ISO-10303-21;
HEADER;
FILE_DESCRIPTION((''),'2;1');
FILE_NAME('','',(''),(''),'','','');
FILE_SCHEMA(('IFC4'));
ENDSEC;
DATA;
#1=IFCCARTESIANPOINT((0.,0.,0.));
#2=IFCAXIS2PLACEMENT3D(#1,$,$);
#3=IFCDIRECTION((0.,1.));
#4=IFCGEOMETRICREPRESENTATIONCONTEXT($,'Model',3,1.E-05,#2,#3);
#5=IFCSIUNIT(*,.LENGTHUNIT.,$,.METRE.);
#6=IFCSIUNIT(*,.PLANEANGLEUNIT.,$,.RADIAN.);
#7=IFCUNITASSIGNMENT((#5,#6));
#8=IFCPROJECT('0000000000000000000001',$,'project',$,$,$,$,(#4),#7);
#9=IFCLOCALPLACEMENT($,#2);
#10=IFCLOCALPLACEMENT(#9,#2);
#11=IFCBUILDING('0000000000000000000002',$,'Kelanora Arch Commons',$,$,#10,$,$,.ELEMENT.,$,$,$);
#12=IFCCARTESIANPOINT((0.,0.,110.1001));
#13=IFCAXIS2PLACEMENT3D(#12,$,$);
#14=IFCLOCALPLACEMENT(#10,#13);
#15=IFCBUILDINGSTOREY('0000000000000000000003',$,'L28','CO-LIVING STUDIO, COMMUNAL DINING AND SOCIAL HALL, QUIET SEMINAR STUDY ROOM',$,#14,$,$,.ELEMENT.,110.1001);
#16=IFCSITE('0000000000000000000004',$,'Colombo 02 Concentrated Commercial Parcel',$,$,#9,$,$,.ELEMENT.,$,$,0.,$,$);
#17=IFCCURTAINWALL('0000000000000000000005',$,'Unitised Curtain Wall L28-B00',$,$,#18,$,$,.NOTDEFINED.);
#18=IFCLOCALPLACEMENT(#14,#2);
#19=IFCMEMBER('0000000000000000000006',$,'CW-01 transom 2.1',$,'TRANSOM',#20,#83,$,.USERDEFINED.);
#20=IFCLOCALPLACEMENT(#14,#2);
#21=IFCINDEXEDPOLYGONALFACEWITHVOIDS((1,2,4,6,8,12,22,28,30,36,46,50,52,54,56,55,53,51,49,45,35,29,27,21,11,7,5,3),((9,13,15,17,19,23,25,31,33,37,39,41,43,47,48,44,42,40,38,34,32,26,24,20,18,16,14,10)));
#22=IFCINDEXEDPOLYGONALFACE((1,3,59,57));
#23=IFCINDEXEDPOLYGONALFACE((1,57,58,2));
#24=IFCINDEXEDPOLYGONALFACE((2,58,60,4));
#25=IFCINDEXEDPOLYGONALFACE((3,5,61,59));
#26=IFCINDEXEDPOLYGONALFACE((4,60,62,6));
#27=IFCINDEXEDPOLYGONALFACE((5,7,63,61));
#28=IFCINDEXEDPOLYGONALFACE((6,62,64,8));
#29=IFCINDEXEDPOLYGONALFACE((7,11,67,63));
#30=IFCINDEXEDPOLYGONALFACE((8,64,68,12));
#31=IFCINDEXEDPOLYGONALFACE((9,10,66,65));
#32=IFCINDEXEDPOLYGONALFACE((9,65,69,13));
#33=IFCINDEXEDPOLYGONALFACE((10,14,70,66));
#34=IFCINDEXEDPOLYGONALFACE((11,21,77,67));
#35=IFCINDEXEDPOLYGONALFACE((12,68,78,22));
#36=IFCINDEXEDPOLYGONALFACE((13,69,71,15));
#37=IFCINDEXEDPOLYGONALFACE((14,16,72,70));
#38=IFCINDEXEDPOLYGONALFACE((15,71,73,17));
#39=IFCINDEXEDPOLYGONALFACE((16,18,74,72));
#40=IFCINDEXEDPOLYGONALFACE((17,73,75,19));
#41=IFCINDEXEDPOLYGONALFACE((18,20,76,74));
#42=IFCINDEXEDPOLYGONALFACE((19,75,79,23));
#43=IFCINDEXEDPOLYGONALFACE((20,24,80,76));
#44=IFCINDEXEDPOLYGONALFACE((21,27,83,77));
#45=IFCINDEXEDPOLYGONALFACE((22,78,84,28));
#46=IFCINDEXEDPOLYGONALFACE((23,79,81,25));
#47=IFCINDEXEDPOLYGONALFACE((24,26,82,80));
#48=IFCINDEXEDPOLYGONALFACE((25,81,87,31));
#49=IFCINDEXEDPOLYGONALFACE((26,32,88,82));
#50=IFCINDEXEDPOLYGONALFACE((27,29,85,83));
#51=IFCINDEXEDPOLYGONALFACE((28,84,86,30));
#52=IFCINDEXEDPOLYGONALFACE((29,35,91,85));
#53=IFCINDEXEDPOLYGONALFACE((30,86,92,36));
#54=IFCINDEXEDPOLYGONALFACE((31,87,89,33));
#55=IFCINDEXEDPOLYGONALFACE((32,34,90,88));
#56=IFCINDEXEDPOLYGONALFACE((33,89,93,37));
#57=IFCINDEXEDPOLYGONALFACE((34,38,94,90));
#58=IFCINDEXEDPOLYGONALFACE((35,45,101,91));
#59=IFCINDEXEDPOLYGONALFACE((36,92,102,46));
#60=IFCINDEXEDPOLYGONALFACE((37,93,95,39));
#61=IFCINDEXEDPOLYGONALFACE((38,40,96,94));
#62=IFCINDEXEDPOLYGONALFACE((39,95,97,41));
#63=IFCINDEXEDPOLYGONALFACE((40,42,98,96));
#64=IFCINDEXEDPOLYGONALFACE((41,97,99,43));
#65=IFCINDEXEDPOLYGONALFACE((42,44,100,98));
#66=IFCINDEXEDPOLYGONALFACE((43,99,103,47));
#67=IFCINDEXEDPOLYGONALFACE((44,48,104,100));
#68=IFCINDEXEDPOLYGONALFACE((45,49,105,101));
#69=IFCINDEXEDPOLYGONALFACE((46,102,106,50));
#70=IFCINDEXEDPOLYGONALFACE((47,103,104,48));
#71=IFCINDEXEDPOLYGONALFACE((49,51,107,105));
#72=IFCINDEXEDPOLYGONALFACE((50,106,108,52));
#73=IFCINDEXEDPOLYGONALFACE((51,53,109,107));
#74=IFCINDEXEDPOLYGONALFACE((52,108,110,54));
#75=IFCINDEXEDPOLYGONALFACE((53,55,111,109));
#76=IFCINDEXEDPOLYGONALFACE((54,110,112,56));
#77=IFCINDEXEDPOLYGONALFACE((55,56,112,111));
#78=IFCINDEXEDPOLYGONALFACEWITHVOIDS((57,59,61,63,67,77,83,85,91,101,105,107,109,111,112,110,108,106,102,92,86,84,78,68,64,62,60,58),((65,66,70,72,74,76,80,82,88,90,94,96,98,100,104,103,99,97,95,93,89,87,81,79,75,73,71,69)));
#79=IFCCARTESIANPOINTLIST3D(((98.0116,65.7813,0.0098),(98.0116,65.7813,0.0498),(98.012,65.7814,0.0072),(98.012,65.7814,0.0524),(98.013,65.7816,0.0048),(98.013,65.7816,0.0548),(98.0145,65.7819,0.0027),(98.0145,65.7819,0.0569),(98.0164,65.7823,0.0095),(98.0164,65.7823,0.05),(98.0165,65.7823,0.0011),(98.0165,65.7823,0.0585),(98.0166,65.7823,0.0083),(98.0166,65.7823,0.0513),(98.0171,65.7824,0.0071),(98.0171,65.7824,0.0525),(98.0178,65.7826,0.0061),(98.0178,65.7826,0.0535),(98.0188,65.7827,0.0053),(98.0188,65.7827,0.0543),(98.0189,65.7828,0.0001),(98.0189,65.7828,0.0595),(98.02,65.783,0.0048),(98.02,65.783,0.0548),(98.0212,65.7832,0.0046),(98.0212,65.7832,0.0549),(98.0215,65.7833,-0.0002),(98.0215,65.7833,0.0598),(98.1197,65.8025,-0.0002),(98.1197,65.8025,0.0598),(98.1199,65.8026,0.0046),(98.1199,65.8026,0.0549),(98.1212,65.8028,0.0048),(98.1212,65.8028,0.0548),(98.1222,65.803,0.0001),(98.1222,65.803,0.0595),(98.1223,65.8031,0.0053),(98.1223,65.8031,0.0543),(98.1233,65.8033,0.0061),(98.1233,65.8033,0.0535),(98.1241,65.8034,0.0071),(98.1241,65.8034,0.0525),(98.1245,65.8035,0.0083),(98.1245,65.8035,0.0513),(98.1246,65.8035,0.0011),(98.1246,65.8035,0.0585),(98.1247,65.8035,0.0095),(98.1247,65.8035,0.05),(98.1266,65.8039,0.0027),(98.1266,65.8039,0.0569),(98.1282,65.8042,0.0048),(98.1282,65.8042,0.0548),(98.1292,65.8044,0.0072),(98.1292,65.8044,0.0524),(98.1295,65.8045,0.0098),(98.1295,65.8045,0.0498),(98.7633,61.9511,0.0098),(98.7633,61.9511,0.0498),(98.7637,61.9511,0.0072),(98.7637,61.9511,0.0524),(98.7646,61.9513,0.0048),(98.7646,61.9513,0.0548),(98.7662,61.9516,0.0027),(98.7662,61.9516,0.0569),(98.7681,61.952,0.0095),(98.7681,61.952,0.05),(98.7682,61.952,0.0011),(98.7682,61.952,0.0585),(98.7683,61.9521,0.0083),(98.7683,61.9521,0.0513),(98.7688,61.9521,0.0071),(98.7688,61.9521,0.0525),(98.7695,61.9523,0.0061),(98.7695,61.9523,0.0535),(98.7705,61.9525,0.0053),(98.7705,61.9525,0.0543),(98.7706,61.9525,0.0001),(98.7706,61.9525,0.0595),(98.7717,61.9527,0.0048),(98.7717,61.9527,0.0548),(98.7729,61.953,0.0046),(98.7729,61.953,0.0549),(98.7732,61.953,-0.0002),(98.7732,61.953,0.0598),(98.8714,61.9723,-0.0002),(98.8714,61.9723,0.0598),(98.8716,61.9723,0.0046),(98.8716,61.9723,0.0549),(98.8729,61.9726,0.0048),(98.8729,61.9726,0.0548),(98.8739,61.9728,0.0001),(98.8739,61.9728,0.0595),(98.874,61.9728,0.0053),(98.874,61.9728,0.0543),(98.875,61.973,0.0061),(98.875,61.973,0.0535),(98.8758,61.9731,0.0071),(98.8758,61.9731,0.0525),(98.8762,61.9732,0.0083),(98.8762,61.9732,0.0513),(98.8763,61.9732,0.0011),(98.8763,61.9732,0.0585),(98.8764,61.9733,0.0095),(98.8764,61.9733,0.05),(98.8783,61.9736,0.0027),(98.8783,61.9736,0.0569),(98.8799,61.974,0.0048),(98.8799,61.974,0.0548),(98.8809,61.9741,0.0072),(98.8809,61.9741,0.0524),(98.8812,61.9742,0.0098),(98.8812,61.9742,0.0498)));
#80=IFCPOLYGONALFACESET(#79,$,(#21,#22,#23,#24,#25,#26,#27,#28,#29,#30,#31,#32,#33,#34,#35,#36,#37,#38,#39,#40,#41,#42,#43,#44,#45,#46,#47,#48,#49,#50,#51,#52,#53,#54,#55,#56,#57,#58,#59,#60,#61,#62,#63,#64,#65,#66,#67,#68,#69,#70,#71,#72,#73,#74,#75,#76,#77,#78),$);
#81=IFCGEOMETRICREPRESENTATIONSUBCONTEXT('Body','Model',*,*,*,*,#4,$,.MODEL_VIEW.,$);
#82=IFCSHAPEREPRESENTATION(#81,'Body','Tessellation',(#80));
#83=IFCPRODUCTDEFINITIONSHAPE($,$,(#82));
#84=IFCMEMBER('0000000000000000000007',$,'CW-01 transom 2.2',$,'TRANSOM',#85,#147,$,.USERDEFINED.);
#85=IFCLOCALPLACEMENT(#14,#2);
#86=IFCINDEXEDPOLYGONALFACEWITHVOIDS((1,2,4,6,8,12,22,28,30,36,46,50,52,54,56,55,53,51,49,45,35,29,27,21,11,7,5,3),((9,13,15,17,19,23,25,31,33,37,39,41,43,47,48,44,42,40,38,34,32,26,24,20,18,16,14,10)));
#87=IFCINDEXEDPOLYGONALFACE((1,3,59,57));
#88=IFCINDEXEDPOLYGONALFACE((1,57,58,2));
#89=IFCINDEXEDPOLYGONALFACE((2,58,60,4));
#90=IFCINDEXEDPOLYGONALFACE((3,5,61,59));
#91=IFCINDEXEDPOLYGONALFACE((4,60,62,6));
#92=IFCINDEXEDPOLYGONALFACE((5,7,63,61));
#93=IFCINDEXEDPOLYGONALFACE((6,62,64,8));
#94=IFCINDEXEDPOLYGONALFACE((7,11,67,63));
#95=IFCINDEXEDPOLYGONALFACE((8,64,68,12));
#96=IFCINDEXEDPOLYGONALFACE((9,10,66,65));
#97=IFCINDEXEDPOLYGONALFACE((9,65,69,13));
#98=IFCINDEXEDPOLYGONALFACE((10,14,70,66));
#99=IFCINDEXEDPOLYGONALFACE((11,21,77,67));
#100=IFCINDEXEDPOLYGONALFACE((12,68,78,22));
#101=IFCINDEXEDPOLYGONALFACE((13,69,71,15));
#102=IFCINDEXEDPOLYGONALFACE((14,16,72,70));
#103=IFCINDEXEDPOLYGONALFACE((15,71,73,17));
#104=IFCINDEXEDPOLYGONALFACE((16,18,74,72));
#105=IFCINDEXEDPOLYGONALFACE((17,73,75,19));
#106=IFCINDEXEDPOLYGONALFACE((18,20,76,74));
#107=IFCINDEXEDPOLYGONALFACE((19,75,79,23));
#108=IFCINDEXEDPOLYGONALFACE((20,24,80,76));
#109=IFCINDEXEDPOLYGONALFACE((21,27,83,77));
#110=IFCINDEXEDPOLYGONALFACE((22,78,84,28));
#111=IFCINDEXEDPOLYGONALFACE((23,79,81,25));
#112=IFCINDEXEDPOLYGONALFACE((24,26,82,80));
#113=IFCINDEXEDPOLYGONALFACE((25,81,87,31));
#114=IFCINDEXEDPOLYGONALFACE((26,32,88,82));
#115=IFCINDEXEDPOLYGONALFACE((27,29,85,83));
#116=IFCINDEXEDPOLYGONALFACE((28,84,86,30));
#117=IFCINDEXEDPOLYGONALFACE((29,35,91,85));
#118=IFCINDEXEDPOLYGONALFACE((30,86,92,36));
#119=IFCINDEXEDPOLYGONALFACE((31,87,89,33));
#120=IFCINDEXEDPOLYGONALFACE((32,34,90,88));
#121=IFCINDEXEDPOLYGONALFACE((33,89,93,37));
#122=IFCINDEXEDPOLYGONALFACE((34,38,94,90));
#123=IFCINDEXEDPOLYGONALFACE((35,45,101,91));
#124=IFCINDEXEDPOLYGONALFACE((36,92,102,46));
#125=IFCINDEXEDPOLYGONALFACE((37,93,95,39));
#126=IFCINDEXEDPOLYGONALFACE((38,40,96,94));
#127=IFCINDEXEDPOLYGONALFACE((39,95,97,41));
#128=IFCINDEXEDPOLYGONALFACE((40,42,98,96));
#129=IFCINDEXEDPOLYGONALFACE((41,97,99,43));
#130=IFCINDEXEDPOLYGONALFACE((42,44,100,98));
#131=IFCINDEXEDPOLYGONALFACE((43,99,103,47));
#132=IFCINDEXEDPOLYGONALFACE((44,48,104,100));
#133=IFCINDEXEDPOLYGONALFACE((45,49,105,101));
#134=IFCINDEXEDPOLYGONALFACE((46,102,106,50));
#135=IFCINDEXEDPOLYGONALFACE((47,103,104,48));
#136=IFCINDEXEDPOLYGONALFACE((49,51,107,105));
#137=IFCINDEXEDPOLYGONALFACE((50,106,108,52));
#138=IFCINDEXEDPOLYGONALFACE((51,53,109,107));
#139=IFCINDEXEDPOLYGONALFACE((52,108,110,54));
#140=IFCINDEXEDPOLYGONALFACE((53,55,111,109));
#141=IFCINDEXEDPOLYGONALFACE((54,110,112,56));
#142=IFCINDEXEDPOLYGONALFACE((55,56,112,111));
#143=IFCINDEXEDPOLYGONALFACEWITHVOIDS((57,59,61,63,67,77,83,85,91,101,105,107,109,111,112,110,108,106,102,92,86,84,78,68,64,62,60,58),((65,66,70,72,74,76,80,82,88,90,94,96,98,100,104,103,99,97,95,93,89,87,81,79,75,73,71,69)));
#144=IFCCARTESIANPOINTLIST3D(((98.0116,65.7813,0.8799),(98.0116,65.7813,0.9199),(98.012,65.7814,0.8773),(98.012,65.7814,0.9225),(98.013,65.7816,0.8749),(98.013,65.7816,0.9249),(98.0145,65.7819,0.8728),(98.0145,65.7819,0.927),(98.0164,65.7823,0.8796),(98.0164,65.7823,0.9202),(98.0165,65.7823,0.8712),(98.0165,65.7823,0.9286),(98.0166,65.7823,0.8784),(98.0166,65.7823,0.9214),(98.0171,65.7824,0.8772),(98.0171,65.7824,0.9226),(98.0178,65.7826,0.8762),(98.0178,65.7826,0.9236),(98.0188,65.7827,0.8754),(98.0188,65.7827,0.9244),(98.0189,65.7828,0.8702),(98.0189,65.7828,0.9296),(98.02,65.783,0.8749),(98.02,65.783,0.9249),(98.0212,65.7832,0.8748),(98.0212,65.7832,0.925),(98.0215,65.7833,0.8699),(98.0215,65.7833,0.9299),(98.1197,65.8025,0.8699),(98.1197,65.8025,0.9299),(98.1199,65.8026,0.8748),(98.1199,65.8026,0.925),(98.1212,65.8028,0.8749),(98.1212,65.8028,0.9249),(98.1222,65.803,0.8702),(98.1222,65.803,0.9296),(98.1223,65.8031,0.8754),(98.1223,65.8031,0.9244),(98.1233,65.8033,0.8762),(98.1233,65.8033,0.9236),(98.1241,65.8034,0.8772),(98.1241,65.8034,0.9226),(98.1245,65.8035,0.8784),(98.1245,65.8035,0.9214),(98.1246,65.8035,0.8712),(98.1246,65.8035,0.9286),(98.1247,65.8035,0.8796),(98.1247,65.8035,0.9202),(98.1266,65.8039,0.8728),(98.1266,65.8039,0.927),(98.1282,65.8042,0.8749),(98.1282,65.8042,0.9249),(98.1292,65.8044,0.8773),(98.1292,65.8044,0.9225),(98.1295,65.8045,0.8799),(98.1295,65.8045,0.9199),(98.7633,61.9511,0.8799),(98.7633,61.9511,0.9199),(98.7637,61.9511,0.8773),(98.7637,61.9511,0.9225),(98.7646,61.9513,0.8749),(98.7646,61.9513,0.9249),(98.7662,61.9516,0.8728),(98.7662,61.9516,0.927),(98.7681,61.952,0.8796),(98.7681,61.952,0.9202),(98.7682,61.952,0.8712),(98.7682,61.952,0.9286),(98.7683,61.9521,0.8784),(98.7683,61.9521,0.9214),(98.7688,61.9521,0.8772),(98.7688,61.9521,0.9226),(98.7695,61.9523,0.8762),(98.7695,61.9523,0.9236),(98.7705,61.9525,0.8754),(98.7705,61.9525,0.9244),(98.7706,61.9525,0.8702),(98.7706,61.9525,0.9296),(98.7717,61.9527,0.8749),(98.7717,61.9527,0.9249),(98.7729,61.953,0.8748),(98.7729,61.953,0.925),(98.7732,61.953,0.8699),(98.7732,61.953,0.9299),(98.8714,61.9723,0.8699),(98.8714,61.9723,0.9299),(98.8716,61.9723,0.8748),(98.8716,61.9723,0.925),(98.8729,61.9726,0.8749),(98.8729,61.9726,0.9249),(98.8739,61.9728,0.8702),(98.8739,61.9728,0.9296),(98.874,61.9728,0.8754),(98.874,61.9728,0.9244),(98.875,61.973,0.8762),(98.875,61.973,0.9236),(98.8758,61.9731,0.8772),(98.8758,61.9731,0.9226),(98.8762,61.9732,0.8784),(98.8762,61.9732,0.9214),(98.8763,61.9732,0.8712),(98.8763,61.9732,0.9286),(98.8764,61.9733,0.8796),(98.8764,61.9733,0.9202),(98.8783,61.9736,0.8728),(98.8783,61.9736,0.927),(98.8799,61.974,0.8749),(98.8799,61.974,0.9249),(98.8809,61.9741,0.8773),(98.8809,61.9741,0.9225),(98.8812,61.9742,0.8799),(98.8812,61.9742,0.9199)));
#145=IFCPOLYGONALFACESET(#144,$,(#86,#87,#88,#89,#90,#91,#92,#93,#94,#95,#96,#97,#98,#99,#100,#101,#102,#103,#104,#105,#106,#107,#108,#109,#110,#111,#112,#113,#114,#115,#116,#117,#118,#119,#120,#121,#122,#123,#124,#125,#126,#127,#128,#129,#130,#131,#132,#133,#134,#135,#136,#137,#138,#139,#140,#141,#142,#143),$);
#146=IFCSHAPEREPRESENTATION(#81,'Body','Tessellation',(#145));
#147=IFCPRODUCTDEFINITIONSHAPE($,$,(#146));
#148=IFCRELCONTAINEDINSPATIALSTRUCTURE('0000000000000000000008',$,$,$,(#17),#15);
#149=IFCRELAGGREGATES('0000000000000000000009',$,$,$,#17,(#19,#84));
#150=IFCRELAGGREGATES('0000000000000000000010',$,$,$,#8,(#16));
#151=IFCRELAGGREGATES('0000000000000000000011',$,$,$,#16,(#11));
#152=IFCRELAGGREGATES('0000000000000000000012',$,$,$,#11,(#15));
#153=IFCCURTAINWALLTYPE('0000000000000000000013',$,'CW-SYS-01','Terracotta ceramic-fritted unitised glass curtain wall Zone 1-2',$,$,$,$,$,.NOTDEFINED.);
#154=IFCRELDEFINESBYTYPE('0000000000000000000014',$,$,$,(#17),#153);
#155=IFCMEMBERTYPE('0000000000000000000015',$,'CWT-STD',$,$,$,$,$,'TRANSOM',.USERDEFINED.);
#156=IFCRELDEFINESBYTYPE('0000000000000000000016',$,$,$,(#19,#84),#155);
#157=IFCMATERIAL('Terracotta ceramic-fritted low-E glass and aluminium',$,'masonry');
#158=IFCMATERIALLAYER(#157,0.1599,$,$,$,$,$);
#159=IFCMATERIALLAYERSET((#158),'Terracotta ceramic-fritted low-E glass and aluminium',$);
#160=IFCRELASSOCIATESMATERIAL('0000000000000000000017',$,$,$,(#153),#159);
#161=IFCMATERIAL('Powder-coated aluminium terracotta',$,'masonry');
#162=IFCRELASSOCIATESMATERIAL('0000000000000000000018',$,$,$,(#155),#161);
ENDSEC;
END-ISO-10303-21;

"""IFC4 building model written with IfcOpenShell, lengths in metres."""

from ifc_helpers import new_model, si_unit, direction, frame, origin, origin_2d, place, context, subcontext, project, spatial, hollow_rectangle, extrude, material, layer, layer_set, material_profile, profile_set, type_object, element, aggregate, save


model = new_model("IFC4")

# Units and contexts
model_context = context("Model", 3, precision=1e-05, world=origin(), true_north=direction((0.0, 1.0)))
body_context = subcontext(model_context, "Body", "Model", "MODEL_VIEW")
ifc_project = project(units=[si_unit("LENGTHUNIT", "METRE"), si_unit("PLANEANGLEUNIT", "RADIAN")], contexts=[model_context])

# Site, building, storey
site_placement = place(None, origin())
site = spatial("IfcSite", under=ifc_project, at=site_placement, Name="Colombo 02 Concentrated Commercial Parcel", CompositionType="ELEMENT", RefElevation=0.0)
building_placement = place(site_placement, origin())
building = spatial("IfcBuilding", under=site, at=building_placement, Name="Kelanora Arch Commons", CompositionType="ELEMENT")
storey_placement = place(building_placement, frame((0.0, 0.0, 110.1001)))
storey = spatial("IfcBuildingStorey", under=building, at=storey_placement, Name="L28", Description="CO-LIVING STUDIO, COMMUNAL DINING AND SOCIAL HALL, QUIET SEMINAR STUDY ROOM", CompositionType="ELEMENT", Elevation=110.1001)

# Curtain wall, members
ifc_material_1 = material(Name="Terracotta ceramic-fritted low-E glass and aluminium", Category="masonry")
ifc_layer_1 = layer(ifc_material_1, 0.1599)
ifc_layer_set_1 = layer_set([ifc_layer_1], Name="Terracotta ceramic-fritted low-E glass and aluminium")
curtain_wall_type = type_object("IfcCurtainWallType", Name="CW-SYS-01", Description="Terracotta ceramic-fritted unitised glass curtain wall Zone 1-2", PredefinedType="NOTDEFINED", material=ifc_layer_set_1)
curtain_wall_placement = place(storey_placement, origin())
curtain_wall = element("IfcCurtainWall", 1, at=curtain_wall_placement, inside=storey, type_object=curtain_wall_type, Name="Unitised Curtain Wall L28-B00", PredefinedType="NOTDEFINED")
ifc_material_2 = material(Name="Powder-coated aluminium terracotta", Category="masonry")
ifc_material_profile_1 = material_profile(ifc_material_2, hollow_rectangle(XDim=0.1201, YDim=0.0601, WallThickness=0.0049, InnerFilletRadius=0.0049, OuterFilletRadius=0.01, at=origin_2d()), Name="CWT120x60")
ifc_profile_set_1 = profile_set([ifc_material_profile_1], Name="Powder-coated aluminium terracotta")
member_type_1 = type_object("IfcMemberType", Name="CWT-STD", ElementType="TRANSOM", PredefinedType="USERDEFINED", material=ifc_profile_set_1)
member_1_placement = place(storey_placement, frame((98.8223, 61.9626, 0.0298), z_axis=(-0.192579, 0.981282, 0.0), x_axis=(-0.981282, -0.192579, 0.0)))
member_1 = element("IfcMember", 2, at=member_1_placement, type_object=member_type_1, Name="CW-01 transom 2.1", ObjectType="TRANSOM", PredefinedType="USERDEFINED", context=body_context, shape_type="SweptSolid", body=[
    extrude(hollow_rectangle(XDim=0.1201, YDim=0.0601, WallThickness=0.0049, InnerFilletRadius=0.0049, OuterFilletRadius=0.01, at=origin_2d()), origin(), (0.0, 0.0, 1.0), 3.9033),
])
member_2_placement = place(storey_placement, frame((98.8223, 61.9626, 0.8999), z_axis=(-0.192579, 0.981282, 0.0), x_axis=(-0.981282, -0.192579, 0.0)))
member_2 = element("IfcMember", 3, at=member_2_placement, type_object=member_type_1, Name="CW-01 transom 2.2", ObjectType="TRANSOM", PredefinedType="USERDEFINED", context=body_context, shape_type="SweptSolid", body=[
    extrude(hollow_rectangle(XDim=0.1201, YDim=0.0601, WallThickness=0.0049, InnerFilletRadius=0.0049, OuterFilletRadius=0.01, at=origin_2d()), origin(), (0.0, 0.0, 1.0), 3.9033),
])
aggregate(curtain_wall, [member_1, member_2])

save(model, "model.ifc")
